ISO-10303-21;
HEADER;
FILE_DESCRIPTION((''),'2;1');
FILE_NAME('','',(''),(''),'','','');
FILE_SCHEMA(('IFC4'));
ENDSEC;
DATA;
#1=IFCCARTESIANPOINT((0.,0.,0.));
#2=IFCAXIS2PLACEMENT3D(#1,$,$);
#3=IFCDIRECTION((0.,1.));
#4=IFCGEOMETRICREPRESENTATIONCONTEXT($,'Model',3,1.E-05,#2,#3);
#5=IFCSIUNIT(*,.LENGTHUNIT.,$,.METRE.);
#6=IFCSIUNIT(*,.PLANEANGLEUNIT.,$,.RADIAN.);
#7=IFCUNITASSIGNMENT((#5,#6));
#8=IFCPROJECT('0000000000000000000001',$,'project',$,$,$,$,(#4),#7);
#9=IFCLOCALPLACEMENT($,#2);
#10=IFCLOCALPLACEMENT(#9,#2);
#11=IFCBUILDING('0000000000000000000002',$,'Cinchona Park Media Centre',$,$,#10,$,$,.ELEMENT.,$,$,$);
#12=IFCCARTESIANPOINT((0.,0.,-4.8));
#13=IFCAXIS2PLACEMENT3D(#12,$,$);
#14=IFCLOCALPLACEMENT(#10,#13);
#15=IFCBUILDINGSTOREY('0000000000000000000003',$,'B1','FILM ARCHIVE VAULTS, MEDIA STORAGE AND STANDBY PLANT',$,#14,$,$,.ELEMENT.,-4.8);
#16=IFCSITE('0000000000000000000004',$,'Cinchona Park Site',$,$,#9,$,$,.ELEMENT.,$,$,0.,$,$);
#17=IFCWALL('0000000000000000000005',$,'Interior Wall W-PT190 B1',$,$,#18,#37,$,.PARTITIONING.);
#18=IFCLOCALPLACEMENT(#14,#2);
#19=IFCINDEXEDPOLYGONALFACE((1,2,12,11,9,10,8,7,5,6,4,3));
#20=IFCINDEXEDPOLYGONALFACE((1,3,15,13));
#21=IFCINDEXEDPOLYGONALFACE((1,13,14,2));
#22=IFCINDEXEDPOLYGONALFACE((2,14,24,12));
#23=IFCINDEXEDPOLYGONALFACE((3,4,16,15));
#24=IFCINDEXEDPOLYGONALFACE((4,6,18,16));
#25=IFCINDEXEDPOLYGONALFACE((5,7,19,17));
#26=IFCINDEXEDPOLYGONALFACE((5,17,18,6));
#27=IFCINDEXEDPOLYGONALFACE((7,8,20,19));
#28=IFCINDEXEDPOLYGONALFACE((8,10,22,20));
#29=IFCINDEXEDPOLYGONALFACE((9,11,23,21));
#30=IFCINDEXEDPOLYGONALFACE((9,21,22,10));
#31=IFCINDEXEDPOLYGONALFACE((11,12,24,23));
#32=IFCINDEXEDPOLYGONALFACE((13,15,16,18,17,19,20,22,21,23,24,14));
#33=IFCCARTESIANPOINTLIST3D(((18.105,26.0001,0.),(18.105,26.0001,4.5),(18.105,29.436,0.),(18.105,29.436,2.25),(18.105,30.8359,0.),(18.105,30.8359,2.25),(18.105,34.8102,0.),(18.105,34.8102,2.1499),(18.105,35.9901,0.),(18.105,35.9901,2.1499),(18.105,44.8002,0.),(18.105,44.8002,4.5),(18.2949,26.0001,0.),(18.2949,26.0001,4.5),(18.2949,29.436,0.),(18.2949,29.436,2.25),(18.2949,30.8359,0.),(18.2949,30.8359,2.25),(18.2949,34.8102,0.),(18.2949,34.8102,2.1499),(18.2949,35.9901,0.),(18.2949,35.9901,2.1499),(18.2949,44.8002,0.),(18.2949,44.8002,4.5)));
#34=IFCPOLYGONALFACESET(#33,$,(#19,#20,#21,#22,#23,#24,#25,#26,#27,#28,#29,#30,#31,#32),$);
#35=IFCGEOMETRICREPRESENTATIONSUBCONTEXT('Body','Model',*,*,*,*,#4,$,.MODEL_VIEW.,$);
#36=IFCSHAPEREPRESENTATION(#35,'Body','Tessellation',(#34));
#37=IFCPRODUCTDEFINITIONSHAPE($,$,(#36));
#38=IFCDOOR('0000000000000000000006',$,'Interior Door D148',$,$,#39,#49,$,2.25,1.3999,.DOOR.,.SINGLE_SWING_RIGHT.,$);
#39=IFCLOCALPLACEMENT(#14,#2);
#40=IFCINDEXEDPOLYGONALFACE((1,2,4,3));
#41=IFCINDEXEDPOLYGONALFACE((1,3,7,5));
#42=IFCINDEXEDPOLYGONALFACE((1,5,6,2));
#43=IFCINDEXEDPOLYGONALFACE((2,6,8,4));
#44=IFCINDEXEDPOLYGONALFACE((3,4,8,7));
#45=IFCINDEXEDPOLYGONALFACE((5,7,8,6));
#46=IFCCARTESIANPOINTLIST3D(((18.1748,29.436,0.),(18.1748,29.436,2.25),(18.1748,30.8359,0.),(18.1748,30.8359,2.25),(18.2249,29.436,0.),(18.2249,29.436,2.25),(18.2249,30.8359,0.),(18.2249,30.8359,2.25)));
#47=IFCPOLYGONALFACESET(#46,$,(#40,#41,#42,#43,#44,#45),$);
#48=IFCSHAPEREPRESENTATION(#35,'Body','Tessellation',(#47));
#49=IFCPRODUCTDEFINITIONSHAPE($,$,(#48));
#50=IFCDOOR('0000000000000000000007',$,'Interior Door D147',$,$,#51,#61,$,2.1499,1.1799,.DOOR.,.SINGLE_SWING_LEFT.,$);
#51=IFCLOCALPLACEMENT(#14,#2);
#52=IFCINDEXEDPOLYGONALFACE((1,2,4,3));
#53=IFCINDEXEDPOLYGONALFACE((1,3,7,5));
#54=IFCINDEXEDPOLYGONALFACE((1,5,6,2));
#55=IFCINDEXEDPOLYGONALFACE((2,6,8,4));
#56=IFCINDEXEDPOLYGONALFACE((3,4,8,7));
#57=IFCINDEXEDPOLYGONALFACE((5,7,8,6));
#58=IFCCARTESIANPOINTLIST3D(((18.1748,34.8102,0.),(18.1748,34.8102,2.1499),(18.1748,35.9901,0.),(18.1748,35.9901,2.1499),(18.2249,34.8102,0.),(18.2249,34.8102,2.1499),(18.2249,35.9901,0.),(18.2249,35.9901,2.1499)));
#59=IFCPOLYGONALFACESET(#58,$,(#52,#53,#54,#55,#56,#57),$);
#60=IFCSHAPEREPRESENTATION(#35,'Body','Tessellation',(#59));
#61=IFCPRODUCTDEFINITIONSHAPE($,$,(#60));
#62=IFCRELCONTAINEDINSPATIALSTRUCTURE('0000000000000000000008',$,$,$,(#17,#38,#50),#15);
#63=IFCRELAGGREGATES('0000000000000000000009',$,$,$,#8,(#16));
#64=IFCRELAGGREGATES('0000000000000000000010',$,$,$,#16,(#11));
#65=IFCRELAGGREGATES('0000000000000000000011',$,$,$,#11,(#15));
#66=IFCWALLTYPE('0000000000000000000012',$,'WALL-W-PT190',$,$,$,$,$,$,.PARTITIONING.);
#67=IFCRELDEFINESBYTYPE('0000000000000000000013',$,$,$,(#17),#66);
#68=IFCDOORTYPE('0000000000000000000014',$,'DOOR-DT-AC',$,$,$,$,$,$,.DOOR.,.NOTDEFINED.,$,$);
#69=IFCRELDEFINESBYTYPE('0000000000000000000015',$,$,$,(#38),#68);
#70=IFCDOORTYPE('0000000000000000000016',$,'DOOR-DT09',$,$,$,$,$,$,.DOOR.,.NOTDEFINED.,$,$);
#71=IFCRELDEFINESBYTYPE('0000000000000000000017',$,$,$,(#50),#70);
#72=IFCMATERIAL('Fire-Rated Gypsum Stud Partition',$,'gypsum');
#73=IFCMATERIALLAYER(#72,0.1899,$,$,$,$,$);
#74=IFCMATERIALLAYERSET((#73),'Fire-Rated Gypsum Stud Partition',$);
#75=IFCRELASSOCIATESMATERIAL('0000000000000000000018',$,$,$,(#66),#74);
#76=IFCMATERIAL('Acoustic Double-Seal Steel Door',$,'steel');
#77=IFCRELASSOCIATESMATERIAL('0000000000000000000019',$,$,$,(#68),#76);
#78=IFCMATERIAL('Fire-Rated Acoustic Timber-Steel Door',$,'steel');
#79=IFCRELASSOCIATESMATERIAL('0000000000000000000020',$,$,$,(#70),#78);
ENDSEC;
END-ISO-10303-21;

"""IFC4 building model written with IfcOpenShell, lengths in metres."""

from ifc_helpers import new_model, si_unit, direction, frame, frame_2d, origin, place, context, subcontext, project, spatial, rectangle, extrude, material, layer, layer_set, type_object, element, fill, save


model = new_model("IFC4")

# Units and contexts
model_context = context("Model", 3, precision=1e-05, world=origin(), true_north=direction((0.0, 1.0)))
body_context = subcontext(model_context, "Body", "Model", "MODEL_VIEW")
ifc_project = project(units=[si_unit("LENGTHUNIT", "METRE"), si_unit("PLANEANGLEUNIT", "RADIAN")], contexts=[model_context])

# Site, building, storey
site_placement = place(None, origin())
site = spatial("IfcSite", under=ifc_project, at=site_placement, Name="Cinchona Park Site", CompositionType="ELEMENT", RefElevation=0.0)
building_placement = place(site_placement, origin())
building = spatial("IfcBuilding", under=site, at=building_placement, Name="Cinchona Park Media Centre", CompositionType="ELEMENT")
storey_placement = place(building_placement, frame((0.0, 0.0, -4.8)))
storey = spatial("IfcBuildingStorey", under=building, at=storey_placement, Name="B1", Description="FILM ARCHIVE VAULTS, MEDIA STORAGE AND STANDBY PLANT", CompositionType="ELEMENT", Elevation=-4.8)

# Wall, openings, doors
ifc_material_1 = material(Name="Fire-Rated Gypsum Stud Partition", Category="gypsum")
ifc_layer_1 = layer(ifc_material_1, 0.1899)
ifc_layer_set_1 = layer_set([ifc_layer_1], Name="Fire-Rated Gypsum Stud Partition")
wall_type_1 = type_object("IfcWallType", Name="WALL-W-PT190", PredefinedType="PARTITIONING", material=ifc_layer_set_1)
wall_1_placement = place(storey_placement, frame((18.2, 44.8, 0.0), z_axis=(0.0, 0.0, 1.0), x_axis=(0.0, -1.0, 0.0)))
wall_1 = element("IfcWall", 1, at=wall_1_placement, inside=storey, type_object=wall_type_1, Name="Interior Wall W-PT190 B1", PredefinedType="PARTITIONING", context=body_context, shape_type="SweptSolid", body=[
    extrude(rectangle(XDim=18.8, YDim=0.1899, at=frame_2d((9.3999, 0.0))), origin(), (0.0, 0.0, 1.0), 4.5),
])
opening_1_placement = place(wall_1_placement, frame((8.8101, 0.0, 0.0)))
opening_1 = element("IfcOpeningElement", 2, at=opening_1_placement, cuts=wall_1, PredefinedType="OPENING", context=body_context, shape_type="SweptSolid", body=[
    extrude(rectangle(XDim=1.1799, YDim=2.1499, at=frame_2d((0.5898, 1.075))), frame((0.0, 0.105, 0.0), z_axis=(0.0, -1.0, 0.0), x_axis=(1.0, 0.0, 0.0)), (0.0, 0.0, 1.0), 0.21),
])
opening_2_placement = place(wall_1_placement, frame((13.9641, 0.0, 0.0)))
opening_2 = element("IfcOpeningElement", 3, at=opening_2_placement, cuts=wall_1, PredefinedType="OPENING", context=body_context, shape_type="SweptSolid", body=[
    extrude(rectangle(XDim=1.3999, YDim=2.25, at=frame_2d((0.7, 1.125))), frame((0.0, 0.105, 0.0), z_axis=(0.0, -1.0, 0.0), x_axis=(1.0, 0.0, 0.0)), (0.0, 0.0, 1.0), 0.21),
])
ifc_material_2 = material(Name="Acoustic Double-Seal Steel Door", Category="steel")
door_type_1 = type_object("IfcDoorType", Name="DOOR-DT-AC", OperationType="NOTDEFINED", PredefinedType="DOOR", material=ifc_material_2)
door_1_placement = place(opening_2_placement, origin())
door_1 = element("IfcDoor", 4, at=door_1_placement, inside=storey, type_object=door_type_1, Name="Interior Door D148", OperationType="SINGLE_SWING_RIGHT", OverallHeight=2.25, OverallWidth=1.3999, PredefinedType="DOOR", context=body_context, shape_type="SweptSolid", body=[
    extrude(rectangle(XDim=1.3999, YDim=2.25, at=frame_2d((0.7, 1.125))), frame((0.0, 0.0249, 0.0), z_axis=(0.0, -1.0, 0.0), x_axis=(1.0, 0.0, 0.0)), (0.0, 0.0, 1.0), 0.05),
])
fill(opening_2, door_1)
ifc_material_3 = material(Name="Fire-Rated Acoustic Timber-Steel Door", Category="steel")
door_type_2 = type_object("IfcDoorType", Name="DOOR-DT09", OperationType="NOTDEFINED", PredefinedType="DOOR", material=ifc_material_3)
door_2_placement = place(opening_1_placement, origin())
door_2 = element("IfcDoor", 5, at=door_2_placement, inside=storey, type_object=door_type_2, Name="Interior Door D147", OperationType="SINGLE_SWING_LEFT", OverallHeight=2.1499, OverallWidth=1.1799, PredefinedType="DOOR", context=body_context, shape_type="SweptSolid", body=[
    extrude(rectangle(XDim=1.1799, YDim=2.1499, at=frame_2d((0.5898, 1.075))), frame((0.0, 0.0249, 0.0), z_axis=(0.0, -1.0, 0.0), x_axis=(1.0, 0.0, 0.0)), (0.0, 0.0, 1.0), 0.05),
])
fill(opening_1, door_2)

save(model, "model.ifc")
